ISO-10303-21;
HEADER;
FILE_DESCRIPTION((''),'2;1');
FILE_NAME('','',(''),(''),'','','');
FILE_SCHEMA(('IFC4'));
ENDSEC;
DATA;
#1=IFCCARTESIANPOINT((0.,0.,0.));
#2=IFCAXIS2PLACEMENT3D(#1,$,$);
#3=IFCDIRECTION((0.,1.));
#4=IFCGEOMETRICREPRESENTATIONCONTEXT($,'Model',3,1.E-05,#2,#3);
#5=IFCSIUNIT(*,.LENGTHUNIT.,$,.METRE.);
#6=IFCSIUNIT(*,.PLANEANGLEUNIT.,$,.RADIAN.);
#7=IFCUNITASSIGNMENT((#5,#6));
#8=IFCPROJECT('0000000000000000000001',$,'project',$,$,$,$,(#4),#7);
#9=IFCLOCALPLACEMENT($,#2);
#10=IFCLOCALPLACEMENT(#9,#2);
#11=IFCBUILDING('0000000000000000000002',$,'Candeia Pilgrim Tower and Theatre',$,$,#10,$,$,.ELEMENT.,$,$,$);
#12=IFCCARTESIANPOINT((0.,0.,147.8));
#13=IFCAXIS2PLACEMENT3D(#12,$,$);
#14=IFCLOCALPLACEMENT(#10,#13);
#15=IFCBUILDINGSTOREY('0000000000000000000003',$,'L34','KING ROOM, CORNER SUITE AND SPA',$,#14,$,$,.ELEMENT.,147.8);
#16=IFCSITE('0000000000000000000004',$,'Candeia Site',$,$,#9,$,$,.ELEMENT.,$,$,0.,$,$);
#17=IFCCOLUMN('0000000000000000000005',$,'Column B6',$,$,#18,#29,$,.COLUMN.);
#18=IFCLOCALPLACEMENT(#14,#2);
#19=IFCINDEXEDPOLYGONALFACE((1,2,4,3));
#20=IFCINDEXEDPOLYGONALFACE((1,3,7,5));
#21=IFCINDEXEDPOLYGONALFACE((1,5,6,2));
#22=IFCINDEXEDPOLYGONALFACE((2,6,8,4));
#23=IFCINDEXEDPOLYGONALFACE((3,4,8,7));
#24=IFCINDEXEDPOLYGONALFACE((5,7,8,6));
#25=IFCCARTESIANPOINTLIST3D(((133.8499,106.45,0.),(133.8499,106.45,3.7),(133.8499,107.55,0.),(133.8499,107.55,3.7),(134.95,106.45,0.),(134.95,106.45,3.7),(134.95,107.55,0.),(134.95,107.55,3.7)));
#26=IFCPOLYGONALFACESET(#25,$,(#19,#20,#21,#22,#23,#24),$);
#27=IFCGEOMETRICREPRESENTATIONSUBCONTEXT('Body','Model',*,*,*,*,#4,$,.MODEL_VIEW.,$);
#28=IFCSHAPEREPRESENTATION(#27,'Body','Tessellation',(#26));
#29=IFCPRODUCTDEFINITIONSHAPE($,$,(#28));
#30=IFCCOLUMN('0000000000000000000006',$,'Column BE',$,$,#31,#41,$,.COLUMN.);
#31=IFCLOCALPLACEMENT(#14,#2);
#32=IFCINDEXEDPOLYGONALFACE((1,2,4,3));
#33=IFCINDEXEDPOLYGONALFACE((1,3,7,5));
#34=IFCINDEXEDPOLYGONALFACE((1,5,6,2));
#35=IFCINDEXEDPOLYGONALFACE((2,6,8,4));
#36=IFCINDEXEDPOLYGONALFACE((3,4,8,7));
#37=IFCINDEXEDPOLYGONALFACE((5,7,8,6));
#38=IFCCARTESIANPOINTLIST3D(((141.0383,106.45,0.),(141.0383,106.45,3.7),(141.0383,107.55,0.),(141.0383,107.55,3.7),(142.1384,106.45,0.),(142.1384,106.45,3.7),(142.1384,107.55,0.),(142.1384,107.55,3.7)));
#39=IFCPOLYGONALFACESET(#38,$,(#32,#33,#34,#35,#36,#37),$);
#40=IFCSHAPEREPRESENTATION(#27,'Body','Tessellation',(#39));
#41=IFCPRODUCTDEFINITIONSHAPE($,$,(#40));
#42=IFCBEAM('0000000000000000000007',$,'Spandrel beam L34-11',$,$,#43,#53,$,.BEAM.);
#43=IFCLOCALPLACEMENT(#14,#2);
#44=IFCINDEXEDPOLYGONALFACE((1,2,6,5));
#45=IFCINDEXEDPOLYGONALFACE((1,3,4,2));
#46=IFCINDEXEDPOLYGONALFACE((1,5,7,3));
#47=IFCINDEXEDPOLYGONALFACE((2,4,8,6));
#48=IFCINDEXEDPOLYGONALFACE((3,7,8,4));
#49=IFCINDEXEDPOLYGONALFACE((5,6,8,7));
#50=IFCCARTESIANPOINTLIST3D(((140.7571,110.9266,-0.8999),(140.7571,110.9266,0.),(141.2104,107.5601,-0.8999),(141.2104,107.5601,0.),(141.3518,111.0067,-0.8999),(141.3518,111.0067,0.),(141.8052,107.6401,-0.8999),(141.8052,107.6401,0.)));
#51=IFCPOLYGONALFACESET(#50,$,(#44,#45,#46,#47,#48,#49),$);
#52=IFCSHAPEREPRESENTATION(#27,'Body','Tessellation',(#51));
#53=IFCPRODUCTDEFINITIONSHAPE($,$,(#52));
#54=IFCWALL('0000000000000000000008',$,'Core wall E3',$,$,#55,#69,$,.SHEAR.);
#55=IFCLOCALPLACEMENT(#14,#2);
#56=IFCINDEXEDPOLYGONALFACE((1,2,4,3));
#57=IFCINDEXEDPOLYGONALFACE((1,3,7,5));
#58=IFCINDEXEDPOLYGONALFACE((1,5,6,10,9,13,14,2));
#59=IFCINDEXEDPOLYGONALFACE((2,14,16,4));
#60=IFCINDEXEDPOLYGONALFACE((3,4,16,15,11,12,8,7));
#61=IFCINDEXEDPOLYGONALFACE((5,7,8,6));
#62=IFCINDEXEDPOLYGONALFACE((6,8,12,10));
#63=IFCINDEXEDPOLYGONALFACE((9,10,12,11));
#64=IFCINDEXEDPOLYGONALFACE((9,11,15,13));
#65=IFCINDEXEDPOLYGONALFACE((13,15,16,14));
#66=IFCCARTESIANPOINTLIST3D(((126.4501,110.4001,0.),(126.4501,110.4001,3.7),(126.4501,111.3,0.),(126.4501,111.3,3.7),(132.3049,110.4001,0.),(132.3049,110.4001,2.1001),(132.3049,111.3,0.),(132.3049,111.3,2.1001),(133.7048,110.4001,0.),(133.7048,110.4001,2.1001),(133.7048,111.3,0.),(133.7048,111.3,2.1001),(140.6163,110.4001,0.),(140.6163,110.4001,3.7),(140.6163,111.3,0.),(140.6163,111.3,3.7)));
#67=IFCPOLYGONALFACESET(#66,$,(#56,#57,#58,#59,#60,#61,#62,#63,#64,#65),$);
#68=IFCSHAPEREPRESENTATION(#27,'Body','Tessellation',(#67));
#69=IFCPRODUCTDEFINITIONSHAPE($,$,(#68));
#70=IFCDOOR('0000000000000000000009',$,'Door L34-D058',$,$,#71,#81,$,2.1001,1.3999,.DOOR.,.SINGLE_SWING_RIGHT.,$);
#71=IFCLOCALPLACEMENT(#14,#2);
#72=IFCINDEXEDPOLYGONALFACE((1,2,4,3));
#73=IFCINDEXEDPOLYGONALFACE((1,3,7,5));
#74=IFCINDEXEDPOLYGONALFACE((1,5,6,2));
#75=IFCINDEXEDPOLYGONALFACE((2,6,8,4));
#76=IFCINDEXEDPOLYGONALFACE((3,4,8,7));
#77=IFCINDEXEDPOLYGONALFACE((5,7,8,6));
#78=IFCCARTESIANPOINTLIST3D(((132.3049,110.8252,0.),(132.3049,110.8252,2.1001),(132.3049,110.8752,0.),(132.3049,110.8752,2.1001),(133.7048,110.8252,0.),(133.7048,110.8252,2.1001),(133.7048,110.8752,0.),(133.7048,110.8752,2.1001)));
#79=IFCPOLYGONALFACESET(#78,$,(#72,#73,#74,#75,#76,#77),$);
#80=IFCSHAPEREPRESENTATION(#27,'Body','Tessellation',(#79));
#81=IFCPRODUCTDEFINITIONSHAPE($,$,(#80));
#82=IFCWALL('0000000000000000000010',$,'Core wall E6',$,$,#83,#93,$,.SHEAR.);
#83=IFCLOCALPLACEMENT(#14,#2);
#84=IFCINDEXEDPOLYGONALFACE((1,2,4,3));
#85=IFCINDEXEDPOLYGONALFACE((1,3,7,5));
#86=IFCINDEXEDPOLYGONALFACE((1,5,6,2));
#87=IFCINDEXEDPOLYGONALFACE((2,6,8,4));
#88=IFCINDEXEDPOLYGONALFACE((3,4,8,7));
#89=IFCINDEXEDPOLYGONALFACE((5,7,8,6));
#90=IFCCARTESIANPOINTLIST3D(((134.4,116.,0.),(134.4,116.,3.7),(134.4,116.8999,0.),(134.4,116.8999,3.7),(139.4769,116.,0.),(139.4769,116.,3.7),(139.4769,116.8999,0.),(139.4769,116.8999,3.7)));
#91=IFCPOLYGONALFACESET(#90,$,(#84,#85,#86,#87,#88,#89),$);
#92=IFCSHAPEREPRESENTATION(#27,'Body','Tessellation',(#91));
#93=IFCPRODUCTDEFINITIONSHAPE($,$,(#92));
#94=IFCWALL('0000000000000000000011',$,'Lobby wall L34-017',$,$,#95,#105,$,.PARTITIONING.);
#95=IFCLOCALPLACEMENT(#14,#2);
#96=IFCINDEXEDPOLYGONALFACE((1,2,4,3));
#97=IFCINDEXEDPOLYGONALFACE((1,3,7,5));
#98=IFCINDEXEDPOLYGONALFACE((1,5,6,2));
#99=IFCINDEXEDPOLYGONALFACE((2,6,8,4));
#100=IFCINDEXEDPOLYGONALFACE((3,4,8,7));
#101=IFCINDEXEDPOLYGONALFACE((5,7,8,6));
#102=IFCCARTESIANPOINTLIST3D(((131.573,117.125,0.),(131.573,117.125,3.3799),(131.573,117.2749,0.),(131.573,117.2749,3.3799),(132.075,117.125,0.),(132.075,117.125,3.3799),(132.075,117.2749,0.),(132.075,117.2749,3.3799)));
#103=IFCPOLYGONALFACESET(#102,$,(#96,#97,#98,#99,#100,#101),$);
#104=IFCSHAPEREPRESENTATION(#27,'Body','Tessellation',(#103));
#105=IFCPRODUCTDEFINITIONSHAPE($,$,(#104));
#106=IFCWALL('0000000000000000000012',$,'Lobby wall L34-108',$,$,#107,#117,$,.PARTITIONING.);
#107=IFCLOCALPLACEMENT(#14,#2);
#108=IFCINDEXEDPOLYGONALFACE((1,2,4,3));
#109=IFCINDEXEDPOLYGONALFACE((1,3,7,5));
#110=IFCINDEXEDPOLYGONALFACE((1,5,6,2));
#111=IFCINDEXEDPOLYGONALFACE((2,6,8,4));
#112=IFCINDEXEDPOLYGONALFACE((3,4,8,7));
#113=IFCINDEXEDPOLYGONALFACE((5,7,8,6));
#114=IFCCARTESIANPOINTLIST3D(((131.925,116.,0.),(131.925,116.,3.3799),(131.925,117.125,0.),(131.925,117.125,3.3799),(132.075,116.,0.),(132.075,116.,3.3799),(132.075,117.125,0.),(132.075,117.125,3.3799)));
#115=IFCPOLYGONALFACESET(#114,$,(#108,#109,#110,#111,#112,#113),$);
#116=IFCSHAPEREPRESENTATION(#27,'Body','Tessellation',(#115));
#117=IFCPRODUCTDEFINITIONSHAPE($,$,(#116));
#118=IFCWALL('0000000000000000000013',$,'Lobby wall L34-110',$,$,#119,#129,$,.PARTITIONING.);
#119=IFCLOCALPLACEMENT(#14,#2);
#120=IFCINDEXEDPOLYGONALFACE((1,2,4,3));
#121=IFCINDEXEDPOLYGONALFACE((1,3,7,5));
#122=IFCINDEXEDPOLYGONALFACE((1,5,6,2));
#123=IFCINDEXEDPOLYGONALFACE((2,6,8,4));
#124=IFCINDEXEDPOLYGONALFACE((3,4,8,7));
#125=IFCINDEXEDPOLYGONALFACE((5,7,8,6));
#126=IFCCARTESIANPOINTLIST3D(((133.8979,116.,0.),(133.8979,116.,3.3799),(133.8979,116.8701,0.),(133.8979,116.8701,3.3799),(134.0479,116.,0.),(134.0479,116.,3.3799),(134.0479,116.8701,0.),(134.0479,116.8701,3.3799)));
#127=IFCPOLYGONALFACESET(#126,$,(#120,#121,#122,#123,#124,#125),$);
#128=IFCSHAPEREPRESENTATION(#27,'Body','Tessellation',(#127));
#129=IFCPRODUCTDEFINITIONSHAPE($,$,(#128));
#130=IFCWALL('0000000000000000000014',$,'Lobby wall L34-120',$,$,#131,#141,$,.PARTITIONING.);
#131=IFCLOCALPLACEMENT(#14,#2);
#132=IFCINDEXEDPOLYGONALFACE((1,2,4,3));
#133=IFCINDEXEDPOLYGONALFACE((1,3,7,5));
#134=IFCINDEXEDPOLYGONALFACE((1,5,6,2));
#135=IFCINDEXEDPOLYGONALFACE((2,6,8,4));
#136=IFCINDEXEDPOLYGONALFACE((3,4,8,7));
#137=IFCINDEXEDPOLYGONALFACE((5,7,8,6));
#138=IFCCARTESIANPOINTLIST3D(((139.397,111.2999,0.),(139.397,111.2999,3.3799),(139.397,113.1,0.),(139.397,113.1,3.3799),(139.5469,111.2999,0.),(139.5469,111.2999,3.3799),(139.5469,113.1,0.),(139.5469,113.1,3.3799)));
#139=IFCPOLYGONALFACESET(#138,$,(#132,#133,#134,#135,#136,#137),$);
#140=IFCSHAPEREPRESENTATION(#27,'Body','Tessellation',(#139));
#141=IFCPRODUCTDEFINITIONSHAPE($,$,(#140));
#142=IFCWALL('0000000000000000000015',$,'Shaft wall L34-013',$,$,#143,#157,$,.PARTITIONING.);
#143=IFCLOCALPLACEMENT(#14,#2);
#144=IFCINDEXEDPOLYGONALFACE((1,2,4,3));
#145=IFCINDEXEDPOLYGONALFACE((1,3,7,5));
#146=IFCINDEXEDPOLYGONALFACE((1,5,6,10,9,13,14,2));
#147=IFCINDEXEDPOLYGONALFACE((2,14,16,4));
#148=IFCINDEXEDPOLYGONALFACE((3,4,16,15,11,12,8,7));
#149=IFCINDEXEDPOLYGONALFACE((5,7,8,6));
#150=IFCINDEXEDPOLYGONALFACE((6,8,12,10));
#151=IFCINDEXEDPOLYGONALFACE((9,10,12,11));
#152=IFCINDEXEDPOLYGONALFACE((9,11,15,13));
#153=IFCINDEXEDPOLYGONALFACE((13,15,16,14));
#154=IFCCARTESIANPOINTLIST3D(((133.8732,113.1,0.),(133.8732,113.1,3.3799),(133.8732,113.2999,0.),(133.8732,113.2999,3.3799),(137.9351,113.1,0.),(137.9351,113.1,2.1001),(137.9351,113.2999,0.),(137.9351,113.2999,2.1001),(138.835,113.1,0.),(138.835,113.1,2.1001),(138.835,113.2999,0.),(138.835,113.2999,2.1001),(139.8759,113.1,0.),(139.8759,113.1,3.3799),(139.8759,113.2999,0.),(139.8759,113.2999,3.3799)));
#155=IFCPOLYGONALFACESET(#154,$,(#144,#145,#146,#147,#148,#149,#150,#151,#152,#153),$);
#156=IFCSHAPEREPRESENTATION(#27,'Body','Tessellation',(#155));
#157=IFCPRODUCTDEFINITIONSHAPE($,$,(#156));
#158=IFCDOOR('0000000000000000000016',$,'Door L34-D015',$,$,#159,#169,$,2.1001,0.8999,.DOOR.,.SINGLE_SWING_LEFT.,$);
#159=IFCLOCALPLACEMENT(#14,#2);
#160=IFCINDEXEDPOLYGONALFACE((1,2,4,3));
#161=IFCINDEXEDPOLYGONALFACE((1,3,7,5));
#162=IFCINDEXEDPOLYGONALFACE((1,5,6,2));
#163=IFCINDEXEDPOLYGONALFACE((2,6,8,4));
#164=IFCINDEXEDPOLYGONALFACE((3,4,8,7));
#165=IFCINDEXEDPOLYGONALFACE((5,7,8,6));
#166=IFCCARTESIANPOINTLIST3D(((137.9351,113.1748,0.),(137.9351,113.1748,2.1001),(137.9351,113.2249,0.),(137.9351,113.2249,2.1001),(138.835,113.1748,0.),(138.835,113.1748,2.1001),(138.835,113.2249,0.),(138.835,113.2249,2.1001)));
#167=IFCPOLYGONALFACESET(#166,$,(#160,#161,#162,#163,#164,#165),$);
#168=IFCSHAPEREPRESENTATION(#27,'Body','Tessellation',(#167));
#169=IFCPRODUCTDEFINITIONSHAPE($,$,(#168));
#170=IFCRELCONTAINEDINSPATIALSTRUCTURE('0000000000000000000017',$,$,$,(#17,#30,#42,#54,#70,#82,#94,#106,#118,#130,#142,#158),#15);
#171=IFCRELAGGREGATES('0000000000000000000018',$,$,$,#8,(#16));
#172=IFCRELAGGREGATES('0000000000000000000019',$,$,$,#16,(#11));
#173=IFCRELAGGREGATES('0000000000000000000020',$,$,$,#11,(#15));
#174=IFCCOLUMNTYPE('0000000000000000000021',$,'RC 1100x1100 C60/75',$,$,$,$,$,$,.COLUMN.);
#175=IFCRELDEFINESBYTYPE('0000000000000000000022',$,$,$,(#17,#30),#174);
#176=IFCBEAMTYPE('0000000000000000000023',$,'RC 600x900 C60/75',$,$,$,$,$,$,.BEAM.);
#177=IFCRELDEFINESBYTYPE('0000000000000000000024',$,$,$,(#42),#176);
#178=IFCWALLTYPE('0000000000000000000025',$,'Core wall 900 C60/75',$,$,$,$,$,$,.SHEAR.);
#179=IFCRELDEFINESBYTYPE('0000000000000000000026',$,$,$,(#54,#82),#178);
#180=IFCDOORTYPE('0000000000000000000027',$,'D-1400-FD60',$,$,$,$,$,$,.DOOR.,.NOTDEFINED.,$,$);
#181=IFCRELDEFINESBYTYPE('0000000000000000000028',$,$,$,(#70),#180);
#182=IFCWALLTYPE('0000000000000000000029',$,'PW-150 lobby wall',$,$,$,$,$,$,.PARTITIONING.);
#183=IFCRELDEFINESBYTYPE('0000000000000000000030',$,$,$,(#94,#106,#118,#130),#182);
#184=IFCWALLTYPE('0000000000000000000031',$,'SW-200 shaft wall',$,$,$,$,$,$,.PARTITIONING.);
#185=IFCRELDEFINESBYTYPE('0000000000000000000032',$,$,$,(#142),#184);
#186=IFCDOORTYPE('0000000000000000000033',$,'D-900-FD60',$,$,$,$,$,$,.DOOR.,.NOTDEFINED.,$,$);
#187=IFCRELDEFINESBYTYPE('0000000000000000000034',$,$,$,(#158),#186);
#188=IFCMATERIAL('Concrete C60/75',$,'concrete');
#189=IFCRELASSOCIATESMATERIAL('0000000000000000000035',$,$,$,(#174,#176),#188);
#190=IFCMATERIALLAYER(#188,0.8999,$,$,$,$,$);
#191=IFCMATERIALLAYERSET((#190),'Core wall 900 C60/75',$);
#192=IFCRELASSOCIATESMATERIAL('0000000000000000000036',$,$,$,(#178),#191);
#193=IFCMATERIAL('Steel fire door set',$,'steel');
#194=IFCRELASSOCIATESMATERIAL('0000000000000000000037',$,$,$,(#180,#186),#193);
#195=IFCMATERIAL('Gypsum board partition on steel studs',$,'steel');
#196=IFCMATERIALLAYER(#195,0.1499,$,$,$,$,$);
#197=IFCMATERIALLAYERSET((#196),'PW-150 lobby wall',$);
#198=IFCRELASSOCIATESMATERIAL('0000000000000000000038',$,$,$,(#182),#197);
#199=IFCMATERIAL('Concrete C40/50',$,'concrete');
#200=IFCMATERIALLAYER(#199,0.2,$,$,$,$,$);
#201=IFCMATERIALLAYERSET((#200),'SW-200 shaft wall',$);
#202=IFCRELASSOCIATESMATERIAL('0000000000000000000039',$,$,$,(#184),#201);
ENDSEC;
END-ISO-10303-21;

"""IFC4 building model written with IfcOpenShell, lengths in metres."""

from ifc_helpers import new_model, si_unit, direction, frame, frame_2d, origin, origin_2d, place, context, subcontext, project, spatial, rectangle, extrude, material, layer, layer_set, material_profile, profile_set, type_object, element, fill, save


model = new_model("IFC4")

# Units and contexts
model_context = context("Model", 3, precision=1e-05, world=origin(), true_north=direction((0.0, 1.0)))
body_context = subcontext(model_context, "Body", "Model", "MODEL_VIEW")
ifc_project = project(units=[si_unit("LENGTHUNIT", "METRE"), si_unit("PLANEANGLEUNIT", "RADIAN")], contexts=[model_context])

# Site, building, storey
site_placement = place(None, origin())
site = spatial("IfcSite", under=ifc_project, at=site_placement, Name="Candeia Site", CompositionType="ELEMENT", RefElevation=0.0)
building_placement = place(site_placement, origin())
building = spatial("IfcBuilding", under=site, at=building_placement, Name="Candeia Pilgrim Tower and Theatre", CompositionType="ELEMENT")
storey_placement = place(building_placement, frame((0.0, 0.0, 147.8)))
storey = spatial("IfcBuildingStorey", under=building, at=storey_placement, Name="L34", Description="KING ROOM, CORNER SUITE AND SPA", CompositionType="ELEMENT", Elevation=147.8)

# Columns
ifc_material_1 = material(Name="Concrete C60/75", Category="concrete")
ifc_material_profile_1 = material_profile(ifc_material_1, rectangle(XDim=1.1001, YDim=1.1001, at=origin_2d()))
ifc_profile_set_1 = profile_set([ifc_material_profile_1], Name="Concrete C60/75")
column_type = type_object("IfcColumnType", Name="RC 1100x1100 C60/75", PredefinedType="COLUMN", material=ifc_profile_set_1)
for number, where, z_axis, x_axis, name in (
    (1, (134.3999, 107.0, 0.0), (0.0, 0.0, 1.0), (1.0, 0.0, 0.0), "Column B6"),
    (2, (141.5884, 107.0, 0.0), (0.0, 0.0, 1.0), (1.0, 0.0, 0.0), "Column BE"),
):
    element("IfcColumn", number, at=place(storey_placement, frame(where, z_axis=z_axis, x_axis=x_axis)), inside=storey, type_object=column_type, Name=name, PredefinedType="COLUMN", context=body_context, shape_type="SweptSolid", body=[
        extrude(rectangle(XDim=1.1001, YDim=1.1001, at=origin_2d()), origin(), (0.0, 0.0, 1.0), 3.7),
    ])

# Beam
ifc_material_profile_2 = material_profile(ifc_material_1, rectangle(XDim=0.6001, YDim=0.8999, at=origin_2d()))
ifc_profile_set_2 = profile_set([ifc_material_profile_2], Name="Concrete C60/75")
beam_type = type_object("IfcBeamType", Name="RC 600x900 C60/75", PredefinedType="BEAM", material=ifc_profile_set_2)
beam_placement = place(storey_placement, frame((141.5078, 107.6001, -0.45), z_axis=(-0.133458, 0.991054, 0.0), x_axis=(-0.991054, -0.133458, 0.0)))
element("IfcBeam", 3, at=beam_placement, inside=storey, type_object=beam_type, Name="Spandrel beam L34-11", PredefinedType="BEAM", context=body_context, shape_type="SweptSolid", body=[
    extrude(rectangle(XDim=0.6001, YDim=0.8999, at=origin_2d()), origin(), (0.0, 0.0, 1.0), 3.397),
])

# Wall, opening, door
ifc_layer_1 = layer(ifc_material_1, 0.8999)
ifc_layer_set_1 = layer_set([ifc_layer_1], Name="Core wall 900 C60/75")
wall_type_1 = type_object("IfcWallType", Name="Core wall 900 C60/75", PredefinedType="SHEAR", material=ifc_layer_set_1)
wall_1_placement = place(storey_placement, frame((140.6162, 110.8501, 0.0), z_axis=(0.0, 0.0, 1.0), x_axis=(-1.0, 0.0, 0.0)))
wall_1 = element("IfcWall", 4, at=wall_1_placement, inside=storey, type_object=wall_type_1, Name="Core wall E3", PredefinedType="SHEAR", context=body_context, shape_type="SweptSolid", body=[
    extrude(rectangle(XDim=14.1663, YDim=0.8999, at=frame_2d((7.083, 0.0))), origin(), (0.0, 0.0, 1.0), 3.7),
])
opening_1_placement = place(wall_1_placement, frame((6.9114, 0.0, 0.0)))
opening_1 = element("IfcOpeningElement", 5, at=opening_1_placement, cuts=wall_1, PredefinedType="OPENING", context=body_context, shape_type="SweptSolid", body=[
    extrude(rectangle(XDim=1.3999, YDim=2.1001, at=frame_2d((0.7, 1.05))), frame((0.0, 0.46, 0.0), z_axis=(0.0, -1.0, 0.0), x_axis=(1.0, 0.0, 0.0)), (0.0, 0.0, 1.0), 0.9199),
])
ifc_material_2 = material(Name="Steel fire door set", Category="steel")
door_type_1 = type_object("IfcDoorType", Name="D-1400-FD60", OperationType="NOTDEFINED", PredefinedType="DOOR", material=ifc_material_2)
door_1_placement = place(opening_1_placement, origin())
door_1 = element("IfcDoor", 6, at=door_1_placement, inside=storey, type_object=door_type_1, Name="Door L34-D058", OperationType="SINGLE_SWING_RIGHT", OverallHeight=2.1001, OverallWidth=1.3999, PredefinedType="DOOR", context=body_context, shape_type="SweptSolid", body=[
    extrude(rectangle(XDim=1.3999, YDim=2.1001, at=frame_2d((0.7, 1.05))), frame((0.0, 0.0249, 0.0), z_axis=(0.0, -1.0, 0.0), x_axis=(1.0, 0.0, 0.0)), (0.0, 0.0, 1.0), 0.05),
])
fill(opening_1, door_1)

# Walls
wall_2_placement = place(storey_placement, frame((134.3999, 116.45, 0.0), z_axis=(0.0, 0.0, 1.0), x_axis=(1.0, 0.0, 0.0)))
element("IfcWall", 7, at=wall_2_placement, inside=storey, type_object=wall_type_1, Name="Core wall E6", PredefinedType="SHEAR", context=body_context, shape_type="SweptSolid", body=[
    extrude(rectangle(XDim=5.0769, YDim=0.8999, at=frame_2d((2.5386, 0.0))), origin(), (0.0, 0.0, 1.0), 3.7),
])
ifc_material_3 = material(Name="Gypsum board partition on steel studs", Category="steel")
ifc_layer_2 = layer(ifc_material_3, 0.1499)
ifc_layer_set_2 = layer_set([ifc_layer_2], Name="PW-150 lobby wall")
wall_type_2 = type_object("IfcWallType", Name="PW-150 lobby wall", PredefinedType="PARTITIONING", material=ifc_layer_set_2)
wall_3_placement = place(storey_placement, frame((131.573, 117.2, 0.0), z_axis=(0.0, 0.0, 1.0), x_axis=(1.0, 0.0, 0.0)))
element("IfcWall", 8, at=wall_3_placement, inside=storey, type_object=wall_type_2, Name="Lobby wall L34-017", PredefinedType="PARTITIONING", context=body_context, shape_type="SweptSolid", body=[
    extrude(rectangle(XDim=0.502, YDim=0.1499, at=frame_2d((0.251, 0.0))), origin(), (0.0, 0.0, 1.0), 3.3799),
])
wall_4_placement = place(storey_placement, frame((132.0, 116.0, 0.0), z_axis=(0.0, 0.0, 1.0), x_axis=(0.0, 1.0, 0.0)))
element("IfcWall", 9, at=wall_4_placement, inside=storey, type_object=wall_type_2, Name="Lobby wall L34-108", PredefinedType="PARTITIONING", context=body_context, shape_type="SweptSolid", body=[
    extrude(rectangle(XDim=1.125, YDim=0.1499, at=frame_2d((0.5625, 0.0))), origin(), (0.0, 0.0, 1.0), 3.3799),
])
wall_5_placement = place(storey_placement, frame((133.9729, 116.0, 0.0), z_axis=(0.0, 0.0, 1.0), x_axis=(0.0, 1.0, 0.0)))
element("IfcWall", 10, at=wall_5_placement, inside=storey, type_object=wall_type_2, Name="Lobby wall L34-110", PredefinedType="PARTITIONING", context=body_context, shape_type="SweptSolid", body=[
    extrude(rectangle(XDim=0.8701, YDim=0.1499, at=frame_2d((0.4351, 0.0))), origin(), (0.0, 0.0, 1.0), 3.3799),
])
wall_6_placement = place(storey_placement, frame((139.4719, 111.3, 0.0), z_axis=(0.0, 0.0, 1.0), x_axis=(0.0, 1.0, 0.0)))
element("IfcWall", 11, at=wall_6_placement, inside=storey, type_object=wall_type_2, Name="Lobby wall L34-120", PredefinedType="PARTITIONING", context=body_context, shape_type="SweptSolid", body=[
    extrude(rectangle(XDim=1.8, YDim=0.1499, at=frame_2d((0.8999, 0.0))), origin(), (0.0, 0.0, 1.0), 3.3799),
])

# Wall, opening, door
ifc_material_4 = material(Name="Concrete C40/50", Category="concrete")
ifc_layer_3 = layer(ifc_material_4, 0.2)
ifc_layer_set_3 = layer_set([ifc_layer_3], Name="SW-200 shaft wall")
wall_type_3 = type_object("IfcWallType", Name="SW-200 shaft wall", PredefinedType="PARTITIONING", material=ifc_layer_set_3)
wall_7_placement = place(storey_placement, frame((133.873, 113.2, 0.0), z_axis=(0.0, 0.0, 1.0), x_axis=(1.0, 0.0, 0.0)))
wall_7 = element("IfcWall", 12, at=wall_7_placement, inside=storey, type_object=wall_type_3, Name="Shaft wall L34-013", PredefinedType="PARTITIONING", context=body_context, shape_type="SweptSolid", body=[
    extrude(rectangle(XDim=6.0027, YDim=0.2, at=frame_2d((3.0015, 0.0))), origin(), (0.0, 0.0, 1.0), 3.3799),
])
opening_2_placement = place(wall_7_placement, frame((4.062, 0.0, 0.0)))
opening_2 = element("IfcOpeningElement", 13, at=opening_2_placement, cuts=wall_7, PredefinedType="OPENING", context=body_context, shape_type="SweptSolid", body=[
    extrude(rectangle(XDim=0.8999, YDim=2.1001, at=frame_2d((0.45, 1.05))), frame((0.0, 0.1099, 0.0), z_axis=(0.0, -1.0, 0.0), x_axis=(1.0, 0.0, 0.0)), (0.0, 0.0, 1.0), 0.22),
])
door_type_2 = type_object("IfcDoorType", Name="D-900-FD60", OperationType="NOTDEFINED", PredefinedType="DOOR", material=ifc_material_2)
door_2_placement = place(opening_2_placement, origin())
door_2 = element("IfcDoor", 14, at=door_2_placement, inside=storey, type_object=door_type_2, Name="Door L34-D015", OperationType="SINGLE_SWING_LEFT", OverallHeight=2.1001, OverallWidth=0.8999, PredefinedType="DOOR", context=body_context, shape_type="SweptSolid", body=[
    extrude(rectangle(XDim=0.8999, YDim=2.1001, at=frame_2d((0.45, 1.05))), frame((0.0, 0.0249, 0.0), z_axis=(0.0, -1.0, 0.0), x_axis=(1.0, 0.0, 0.0)), (0.0, 0.0, 1.0), 0.05),
])
fill(opening_2, door_2)

save(model, "model.ifc")
